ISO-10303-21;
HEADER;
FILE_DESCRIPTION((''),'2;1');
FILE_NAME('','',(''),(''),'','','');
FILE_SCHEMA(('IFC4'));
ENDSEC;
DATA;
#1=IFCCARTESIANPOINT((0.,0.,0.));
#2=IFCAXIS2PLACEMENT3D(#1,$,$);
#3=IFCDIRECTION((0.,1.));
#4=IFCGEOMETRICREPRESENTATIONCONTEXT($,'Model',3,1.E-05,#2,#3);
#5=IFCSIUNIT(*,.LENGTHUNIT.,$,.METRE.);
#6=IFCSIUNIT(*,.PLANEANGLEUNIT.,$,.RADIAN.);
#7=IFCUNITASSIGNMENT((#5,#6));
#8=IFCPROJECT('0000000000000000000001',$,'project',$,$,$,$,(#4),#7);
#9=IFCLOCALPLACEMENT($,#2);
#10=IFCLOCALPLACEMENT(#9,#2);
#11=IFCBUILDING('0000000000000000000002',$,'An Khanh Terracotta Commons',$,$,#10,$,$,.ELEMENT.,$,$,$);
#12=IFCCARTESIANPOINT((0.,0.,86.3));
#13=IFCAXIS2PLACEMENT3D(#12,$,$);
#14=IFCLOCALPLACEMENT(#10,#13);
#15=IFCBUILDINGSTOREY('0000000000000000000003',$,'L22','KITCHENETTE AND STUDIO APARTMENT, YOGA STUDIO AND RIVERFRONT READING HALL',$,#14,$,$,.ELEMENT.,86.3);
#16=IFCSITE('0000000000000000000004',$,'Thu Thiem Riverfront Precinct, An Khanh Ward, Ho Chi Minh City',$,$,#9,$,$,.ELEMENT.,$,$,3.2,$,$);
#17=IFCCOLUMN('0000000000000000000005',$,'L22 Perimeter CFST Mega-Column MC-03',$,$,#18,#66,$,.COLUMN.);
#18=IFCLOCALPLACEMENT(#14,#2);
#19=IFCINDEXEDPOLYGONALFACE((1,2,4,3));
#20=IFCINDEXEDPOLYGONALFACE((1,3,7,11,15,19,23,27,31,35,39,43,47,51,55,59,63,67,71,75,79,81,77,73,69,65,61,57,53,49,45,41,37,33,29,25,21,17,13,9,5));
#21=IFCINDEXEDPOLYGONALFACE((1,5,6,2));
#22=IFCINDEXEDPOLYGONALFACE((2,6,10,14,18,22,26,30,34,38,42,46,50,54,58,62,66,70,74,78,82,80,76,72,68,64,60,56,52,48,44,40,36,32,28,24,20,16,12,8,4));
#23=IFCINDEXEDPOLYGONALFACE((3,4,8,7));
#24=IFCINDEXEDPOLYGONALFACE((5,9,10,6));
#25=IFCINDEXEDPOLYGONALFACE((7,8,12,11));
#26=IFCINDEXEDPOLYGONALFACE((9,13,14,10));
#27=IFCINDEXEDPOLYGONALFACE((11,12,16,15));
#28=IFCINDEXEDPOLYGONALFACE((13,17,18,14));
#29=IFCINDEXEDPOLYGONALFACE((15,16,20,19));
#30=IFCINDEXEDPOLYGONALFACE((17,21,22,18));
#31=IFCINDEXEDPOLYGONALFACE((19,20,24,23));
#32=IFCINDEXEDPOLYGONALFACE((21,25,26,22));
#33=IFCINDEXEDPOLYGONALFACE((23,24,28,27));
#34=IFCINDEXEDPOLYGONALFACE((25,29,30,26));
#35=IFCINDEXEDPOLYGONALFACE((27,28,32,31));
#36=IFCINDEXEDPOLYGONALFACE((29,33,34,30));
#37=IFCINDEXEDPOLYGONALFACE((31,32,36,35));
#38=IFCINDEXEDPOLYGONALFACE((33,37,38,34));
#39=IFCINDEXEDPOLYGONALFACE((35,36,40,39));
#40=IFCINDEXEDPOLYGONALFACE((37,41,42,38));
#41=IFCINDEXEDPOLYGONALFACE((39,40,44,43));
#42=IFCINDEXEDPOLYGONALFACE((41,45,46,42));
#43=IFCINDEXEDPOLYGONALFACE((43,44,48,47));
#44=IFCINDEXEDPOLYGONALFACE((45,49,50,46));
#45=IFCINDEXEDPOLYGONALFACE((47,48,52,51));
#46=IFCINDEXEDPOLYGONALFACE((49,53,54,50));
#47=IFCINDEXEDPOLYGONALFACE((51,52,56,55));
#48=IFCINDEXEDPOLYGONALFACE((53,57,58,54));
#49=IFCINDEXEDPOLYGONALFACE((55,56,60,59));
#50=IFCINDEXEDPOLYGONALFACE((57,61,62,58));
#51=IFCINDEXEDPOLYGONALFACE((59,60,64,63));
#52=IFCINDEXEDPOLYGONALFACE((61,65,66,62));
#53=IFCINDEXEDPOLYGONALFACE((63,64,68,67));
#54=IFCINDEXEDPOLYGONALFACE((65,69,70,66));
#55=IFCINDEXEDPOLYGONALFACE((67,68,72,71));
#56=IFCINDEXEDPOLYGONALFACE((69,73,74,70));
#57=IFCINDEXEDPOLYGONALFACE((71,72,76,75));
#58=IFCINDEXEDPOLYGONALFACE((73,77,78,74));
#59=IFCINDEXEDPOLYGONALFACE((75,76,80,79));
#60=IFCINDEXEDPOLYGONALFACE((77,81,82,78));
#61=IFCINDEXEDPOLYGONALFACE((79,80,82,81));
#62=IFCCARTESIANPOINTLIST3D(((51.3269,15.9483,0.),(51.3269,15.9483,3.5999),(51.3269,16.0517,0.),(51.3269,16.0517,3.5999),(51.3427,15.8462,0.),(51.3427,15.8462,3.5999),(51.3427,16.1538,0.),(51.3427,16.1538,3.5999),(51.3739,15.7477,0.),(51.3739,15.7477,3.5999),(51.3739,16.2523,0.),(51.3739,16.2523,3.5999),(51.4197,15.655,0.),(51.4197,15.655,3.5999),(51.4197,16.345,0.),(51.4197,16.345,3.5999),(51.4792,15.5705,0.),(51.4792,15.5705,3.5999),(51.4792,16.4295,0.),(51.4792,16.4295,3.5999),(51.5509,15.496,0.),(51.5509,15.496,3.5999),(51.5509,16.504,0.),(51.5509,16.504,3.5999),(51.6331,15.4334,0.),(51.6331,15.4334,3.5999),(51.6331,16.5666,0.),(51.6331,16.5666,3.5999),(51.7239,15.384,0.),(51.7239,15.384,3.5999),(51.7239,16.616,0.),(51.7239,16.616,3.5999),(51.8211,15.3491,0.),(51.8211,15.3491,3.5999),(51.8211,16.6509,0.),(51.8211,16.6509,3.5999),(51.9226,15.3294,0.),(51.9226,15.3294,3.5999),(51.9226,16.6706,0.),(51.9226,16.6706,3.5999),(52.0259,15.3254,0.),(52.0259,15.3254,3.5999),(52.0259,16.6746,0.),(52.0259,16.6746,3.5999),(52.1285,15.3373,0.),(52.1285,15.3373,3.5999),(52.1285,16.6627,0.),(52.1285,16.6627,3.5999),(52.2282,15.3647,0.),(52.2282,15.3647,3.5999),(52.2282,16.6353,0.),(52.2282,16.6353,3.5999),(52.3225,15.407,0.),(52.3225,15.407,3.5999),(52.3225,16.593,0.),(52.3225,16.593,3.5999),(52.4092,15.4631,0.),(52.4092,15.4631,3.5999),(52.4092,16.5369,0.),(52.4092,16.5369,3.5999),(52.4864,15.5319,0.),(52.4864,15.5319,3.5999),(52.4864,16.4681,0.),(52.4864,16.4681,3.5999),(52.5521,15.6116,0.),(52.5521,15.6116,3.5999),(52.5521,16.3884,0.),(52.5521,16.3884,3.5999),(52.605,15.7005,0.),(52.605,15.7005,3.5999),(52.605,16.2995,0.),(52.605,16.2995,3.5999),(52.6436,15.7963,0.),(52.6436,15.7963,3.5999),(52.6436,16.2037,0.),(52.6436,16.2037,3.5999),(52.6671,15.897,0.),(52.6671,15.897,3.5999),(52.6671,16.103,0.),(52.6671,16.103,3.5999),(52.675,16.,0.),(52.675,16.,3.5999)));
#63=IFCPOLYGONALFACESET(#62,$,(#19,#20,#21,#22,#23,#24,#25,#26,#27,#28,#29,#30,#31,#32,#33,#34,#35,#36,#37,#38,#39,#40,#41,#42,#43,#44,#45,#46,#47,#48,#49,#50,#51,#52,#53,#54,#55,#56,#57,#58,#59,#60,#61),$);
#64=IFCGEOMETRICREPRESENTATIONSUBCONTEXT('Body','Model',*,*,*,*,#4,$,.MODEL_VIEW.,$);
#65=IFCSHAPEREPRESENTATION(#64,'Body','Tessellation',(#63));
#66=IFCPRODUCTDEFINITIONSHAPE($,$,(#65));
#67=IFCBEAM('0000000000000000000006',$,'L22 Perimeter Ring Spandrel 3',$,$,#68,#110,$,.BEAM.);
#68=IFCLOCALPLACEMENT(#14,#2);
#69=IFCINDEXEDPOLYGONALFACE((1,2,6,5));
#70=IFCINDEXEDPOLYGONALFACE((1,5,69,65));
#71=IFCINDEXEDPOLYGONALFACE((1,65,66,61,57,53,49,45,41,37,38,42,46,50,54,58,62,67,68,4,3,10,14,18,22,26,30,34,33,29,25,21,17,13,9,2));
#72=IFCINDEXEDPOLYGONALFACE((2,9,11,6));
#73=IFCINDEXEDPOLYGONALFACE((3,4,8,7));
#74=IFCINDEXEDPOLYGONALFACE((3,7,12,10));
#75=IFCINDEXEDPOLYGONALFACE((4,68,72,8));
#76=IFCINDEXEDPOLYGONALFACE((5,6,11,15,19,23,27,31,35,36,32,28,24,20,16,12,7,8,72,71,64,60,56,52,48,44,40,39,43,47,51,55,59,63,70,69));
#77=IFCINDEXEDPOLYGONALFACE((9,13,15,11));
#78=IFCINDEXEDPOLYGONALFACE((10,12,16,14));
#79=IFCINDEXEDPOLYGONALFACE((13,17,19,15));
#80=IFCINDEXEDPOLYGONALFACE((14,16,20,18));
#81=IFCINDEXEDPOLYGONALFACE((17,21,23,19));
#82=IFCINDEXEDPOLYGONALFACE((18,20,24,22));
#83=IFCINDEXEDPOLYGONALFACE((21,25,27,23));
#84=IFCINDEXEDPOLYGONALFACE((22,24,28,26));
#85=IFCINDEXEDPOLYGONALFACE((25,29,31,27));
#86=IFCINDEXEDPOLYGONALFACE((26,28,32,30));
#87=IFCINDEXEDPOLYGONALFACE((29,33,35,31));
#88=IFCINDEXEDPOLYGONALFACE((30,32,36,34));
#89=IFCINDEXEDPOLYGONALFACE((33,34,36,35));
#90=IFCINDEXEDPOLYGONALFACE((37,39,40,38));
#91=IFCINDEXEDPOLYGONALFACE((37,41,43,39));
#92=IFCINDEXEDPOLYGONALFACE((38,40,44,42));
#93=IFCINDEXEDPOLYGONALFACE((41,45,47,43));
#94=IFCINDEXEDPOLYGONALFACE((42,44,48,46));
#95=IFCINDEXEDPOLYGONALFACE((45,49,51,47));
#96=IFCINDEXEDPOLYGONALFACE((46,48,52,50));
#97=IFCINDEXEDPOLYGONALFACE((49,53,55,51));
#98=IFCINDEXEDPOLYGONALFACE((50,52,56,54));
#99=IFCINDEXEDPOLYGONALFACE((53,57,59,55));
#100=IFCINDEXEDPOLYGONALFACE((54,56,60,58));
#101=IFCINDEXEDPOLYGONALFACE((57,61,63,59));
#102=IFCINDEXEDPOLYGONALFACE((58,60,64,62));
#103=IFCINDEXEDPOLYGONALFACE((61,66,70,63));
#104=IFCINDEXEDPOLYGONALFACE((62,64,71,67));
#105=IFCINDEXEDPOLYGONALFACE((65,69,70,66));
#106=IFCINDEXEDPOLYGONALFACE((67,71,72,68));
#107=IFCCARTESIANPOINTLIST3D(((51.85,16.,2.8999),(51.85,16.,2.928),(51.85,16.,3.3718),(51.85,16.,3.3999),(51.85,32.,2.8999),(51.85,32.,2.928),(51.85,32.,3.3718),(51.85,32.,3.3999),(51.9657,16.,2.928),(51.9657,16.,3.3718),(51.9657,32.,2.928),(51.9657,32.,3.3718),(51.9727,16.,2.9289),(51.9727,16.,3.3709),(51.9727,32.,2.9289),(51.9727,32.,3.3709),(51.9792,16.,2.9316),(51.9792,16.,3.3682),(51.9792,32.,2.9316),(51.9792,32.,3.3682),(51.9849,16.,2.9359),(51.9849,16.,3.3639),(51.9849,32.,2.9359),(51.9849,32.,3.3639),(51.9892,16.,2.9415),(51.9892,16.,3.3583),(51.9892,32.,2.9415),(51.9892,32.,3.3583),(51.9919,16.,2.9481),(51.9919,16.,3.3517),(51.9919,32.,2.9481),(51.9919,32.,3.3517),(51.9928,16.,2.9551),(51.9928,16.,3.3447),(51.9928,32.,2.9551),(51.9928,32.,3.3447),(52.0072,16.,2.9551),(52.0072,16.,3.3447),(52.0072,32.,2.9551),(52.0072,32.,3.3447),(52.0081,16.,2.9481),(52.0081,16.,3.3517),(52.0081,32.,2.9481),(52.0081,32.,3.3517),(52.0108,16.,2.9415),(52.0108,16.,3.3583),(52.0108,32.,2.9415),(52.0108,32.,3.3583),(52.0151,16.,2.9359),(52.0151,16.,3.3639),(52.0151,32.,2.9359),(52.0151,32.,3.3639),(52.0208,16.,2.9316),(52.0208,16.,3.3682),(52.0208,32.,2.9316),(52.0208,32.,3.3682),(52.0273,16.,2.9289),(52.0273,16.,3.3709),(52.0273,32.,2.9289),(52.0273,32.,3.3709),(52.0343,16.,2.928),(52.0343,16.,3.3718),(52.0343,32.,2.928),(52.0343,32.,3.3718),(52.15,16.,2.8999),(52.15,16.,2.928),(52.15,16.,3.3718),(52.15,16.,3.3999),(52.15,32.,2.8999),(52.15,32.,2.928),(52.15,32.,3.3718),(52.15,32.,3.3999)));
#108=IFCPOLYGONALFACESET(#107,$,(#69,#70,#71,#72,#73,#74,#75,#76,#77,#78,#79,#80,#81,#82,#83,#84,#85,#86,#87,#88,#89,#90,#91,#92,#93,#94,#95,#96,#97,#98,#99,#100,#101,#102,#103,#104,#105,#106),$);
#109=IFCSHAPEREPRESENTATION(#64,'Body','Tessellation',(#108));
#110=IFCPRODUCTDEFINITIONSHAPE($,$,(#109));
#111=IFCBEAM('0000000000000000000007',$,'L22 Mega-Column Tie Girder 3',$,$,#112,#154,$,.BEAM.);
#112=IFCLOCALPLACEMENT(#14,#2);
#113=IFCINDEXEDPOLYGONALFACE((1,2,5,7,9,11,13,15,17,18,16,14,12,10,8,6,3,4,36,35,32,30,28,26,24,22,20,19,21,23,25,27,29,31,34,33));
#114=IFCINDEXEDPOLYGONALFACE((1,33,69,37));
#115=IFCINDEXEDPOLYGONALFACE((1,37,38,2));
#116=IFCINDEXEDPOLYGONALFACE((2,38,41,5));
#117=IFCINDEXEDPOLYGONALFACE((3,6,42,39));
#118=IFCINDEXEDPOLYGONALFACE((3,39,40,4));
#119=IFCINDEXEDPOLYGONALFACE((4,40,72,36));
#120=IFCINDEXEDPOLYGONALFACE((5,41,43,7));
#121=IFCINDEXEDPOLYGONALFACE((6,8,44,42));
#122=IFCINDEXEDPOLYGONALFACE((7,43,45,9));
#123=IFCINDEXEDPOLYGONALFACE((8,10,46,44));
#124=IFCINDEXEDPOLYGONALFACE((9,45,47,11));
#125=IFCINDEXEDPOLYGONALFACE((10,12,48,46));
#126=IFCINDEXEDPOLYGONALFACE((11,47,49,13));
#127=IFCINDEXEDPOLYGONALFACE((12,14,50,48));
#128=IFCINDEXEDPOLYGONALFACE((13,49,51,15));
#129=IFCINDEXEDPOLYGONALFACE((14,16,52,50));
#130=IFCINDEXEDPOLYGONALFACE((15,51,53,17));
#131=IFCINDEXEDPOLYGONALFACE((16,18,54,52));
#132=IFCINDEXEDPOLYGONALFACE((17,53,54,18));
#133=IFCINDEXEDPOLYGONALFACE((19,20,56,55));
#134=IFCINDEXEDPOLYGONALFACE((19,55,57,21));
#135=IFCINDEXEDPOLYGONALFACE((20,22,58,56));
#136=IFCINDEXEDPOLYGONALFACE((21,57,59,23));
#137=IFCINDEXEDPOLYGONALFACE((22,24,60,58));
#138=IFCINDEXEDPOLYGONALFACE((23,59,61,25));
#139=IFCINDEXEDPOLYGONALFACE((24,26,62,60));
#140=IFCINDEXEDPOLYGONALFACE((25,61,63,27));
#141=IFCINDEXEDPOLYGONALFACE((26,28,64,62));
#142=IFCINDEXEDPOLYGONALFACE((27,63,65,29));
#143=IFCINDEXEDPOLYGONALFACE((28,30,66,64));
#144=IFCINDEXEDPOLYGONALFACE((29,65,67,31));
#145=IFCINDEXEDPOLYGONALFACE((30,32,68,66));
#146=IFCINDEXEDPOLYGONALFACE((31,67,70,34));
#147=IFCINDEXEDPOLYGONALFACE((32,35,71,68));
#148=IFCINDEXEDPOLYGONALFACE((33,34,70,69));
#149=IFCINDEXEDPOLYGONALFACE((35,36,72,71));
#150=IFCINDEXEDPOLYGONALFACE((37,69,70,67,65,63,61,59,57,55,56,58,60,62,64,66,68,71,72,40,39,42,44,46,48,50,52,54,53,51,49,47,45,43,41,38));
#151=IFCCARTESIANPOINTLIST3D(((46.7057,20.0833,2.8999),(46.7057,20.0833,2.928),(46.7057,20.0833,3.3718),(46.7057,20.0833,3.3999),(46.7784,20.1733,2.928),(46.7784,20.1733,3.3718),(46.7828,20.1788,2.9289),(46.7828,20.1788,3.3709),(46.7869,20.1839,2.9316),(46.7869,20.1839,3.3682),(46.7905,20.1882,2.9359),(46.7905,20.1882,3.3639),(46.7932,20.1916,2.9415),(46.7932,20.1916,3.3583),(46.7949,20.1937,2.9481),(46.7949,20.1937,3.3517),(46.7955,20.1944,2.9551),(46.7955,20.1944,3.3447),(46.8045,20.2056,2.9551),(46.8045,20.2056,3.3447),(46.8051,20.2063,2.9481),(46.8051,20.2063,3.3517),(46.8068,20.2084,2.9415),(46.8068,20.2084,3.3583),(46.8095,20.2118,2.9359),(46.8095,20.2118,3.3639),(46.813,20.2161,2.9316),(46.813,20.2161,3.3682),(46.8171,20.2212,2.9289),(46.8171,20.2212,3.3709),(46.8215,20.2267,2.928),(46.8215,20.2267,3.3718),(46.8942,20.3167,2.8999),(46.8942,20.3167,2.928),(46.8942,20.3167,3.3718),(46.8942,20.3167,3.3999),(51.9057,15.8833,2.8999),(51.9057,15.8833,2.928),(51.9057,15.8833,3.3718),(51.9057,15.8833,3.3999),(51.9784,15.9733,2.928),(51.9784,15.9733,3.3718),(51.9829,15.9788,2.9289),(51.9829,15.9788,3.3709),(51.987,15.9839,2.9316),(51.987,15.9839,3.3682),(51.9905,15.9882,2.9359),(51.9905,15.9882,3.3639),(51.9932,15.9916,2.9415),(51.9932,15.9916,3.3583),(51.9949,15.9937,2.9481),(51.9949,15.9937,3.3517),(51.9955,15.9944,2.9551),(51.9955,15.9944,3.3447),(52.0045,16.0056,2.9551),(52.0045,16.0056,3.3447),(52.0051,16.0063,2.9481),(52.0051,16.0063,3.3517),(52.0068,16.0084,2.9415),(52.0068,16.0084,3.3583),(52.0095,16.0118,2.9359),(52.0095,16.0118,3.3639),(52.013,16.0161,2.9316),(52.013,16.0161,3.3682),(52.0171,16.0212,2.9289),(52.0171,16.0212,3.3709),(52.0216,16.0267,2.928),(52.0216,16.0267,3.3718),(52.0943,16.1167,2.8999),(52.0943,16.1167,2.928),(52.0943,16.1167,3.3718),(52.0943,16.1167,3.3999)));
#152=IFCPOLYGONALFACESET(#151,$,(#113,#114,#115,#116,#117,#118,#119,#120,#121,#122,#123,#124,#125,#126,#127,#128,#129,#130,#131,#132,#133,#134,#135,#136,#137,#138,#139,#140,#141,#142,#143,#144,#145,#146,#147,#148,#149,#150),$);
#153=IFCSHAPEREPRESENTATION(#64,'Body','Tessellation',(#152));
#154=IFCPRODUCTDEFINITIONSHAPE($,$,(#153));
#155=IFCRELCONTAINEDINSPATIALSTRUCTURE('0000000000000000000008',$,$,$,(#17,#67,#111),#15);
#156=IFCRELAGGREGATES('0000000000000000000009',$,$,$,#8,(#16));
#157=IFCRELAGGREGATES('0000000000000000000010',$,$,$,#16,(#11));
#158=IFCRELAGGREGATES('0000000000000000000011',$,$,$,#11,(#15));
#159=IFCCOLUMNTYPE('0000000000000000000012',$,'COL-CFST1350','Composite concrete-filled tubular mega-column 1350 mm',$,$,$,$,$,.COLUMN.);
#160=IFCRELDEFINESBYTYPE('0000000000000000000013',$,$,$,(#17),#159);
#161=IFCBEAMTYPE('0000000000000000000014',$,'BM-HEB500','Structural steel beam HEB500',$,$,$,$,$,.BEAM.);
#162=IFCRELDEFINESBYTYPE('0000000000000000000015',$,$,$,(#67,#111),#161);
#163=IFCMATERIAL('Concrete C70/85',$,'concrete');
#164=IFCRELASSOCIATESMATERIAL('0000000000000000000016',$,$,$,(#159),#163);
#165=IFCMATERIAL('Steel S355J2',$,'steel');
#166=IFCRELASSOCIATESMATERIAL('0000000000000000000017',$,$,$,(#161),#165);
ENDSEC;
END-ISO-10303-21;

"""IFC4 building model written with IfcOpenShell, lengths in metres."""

from ifc_helpers import new_model, si_unit, direction, frame, origin, origin_2d, place, context, subcontext, project, spatial, circle, i_section, extrude, material, material_profile, profile_set, type_object, element, save


model = new_model("IFC4")

# Units and contexts
model_context = context("Model", 3, precision=1e-05, world=origin(), true_north=direction((0.0, 1.0)))
body_context = subcontext(model_context, "Body", "Model", "MODEL_VIEW")
ifc_project = project(units=[si_unit("LENGTHUNIT", "METRE"), si_unit("PLANEANGLEUNIT", "RADIAN")], contexts=[model_context])

# Site, building, storey
site_placement = place(None, origin())
site = spatial("IfcSite", under=ifc_project, at=site_placement, Name="Thu Thiem Riverfront Precinct, An Khanh Ward, Ho Chi Minh City", CompositionType="ELEMENT", RefElevation=3.2)
building_placement = place(site_placement, origin())
building = spatial("IfcBuilding", under=site, at=building_placement, Name="An Khanh Terracotta Commons", CompositionType="ELEMENT")
storey_placement = place(building_placement, frame((0.0, 0.0, 86.3)))
storey = spatial("IfcBuildingStorey", under=building, at=storey_placement, Name="L22", Description="KITCHENETTE AND STUDIO APARTMENT, YOGA STUDIO AND RIVERFRONT READING HALL", CompositionType="ELEMENT", Elevation=86.3)

# Column
ifc_material_1 = material(Name="Concrete C70/85", Category="concrete")
ifc_material_profile_1 = material_profile(ifc_material_1, circle(Radius=0.675, at=origin_2d()), Name="CFST1350")
ifc_profile_set_1 = profile_set([ifc_material_profile_1], Name="Concrete C70/85")
column_type = type_object("IfcColumnType", Name="COL-CFST1350", Description="Composite concrete-filled tubular mega-column 1350 mm", PredefinedType="COLUMN", material=ifc_profile_set_1)
column_placement = place(storey_placement, frame((52.0, 16.0, 0.0), z_axis=(0.0, 0.0, 1.0), x_axis=(1.0, 0.0, 0.0)))
element("IfcColumn", 1, at=column_placement, inside=storey, type_object=column_type, Name="L22 Perimeter CFST Mega-Column MC-03", PredefinedType="COLUMN", context=body_context, shape_type="SweptSolid", body=[
    extrude(circle(Radius=0.675, at=origin_2d()), origin(), (0.0, 0.0, 1.0), 3.5999),
])

# Beams
ifc_material_2 = material(Name="Steel S355J2", Category="steel")
ifc_material_profile_2 = material_profile(ifc_material_2, i_section(OverallWidth=0.3, OverallDepth=0.5, WebThickness=0.0144, FlangeThickness=0.0281, FilletRadius=0.0271, at=origin_2d()), Name="HEB500")
ifc_profile_set_2 = profile_set([ifc_material_profile_2], Name="Steel S355J2")
beam_type = type_object("IfcBeamType", Name="BM-HEB500", Description="Structural steel beam HEB500", PredefinedType="BEAM", material=ifc_profile_set_2)
beam_1_placement = place(storey_placement, frame((52.0, 16.0, 3.1499), z_axis=(0.0, 1.0, 0.0), x_axis=(-1.0, 0.0, 0.0)))
element("IfcBeam", 2, at=beam_1_placement, inside=storey, type_object=beam_type, Name="L22 Perimeter Ring Spandrel 3", PredefinedType="BEAM", context=body_context, shape_type="SweptSolid", body=[
    extrude(i_section(OverallWidth=0.3, OverallDepth=0.5, WebThickness=0.0144, FlangeThickness=0.0281, FilletRadius=0.0271, at=origin_2d()), origin(), (0.0, 0.0, 1.0), 16.0),
])
beam_2_placement = place(storey_placement, frame((52.0, 16.0, 3.1499), z_axis=(-0.777942, 0.628336, 0.0), x_axis=(-0.628336, -0.777942, 0.0)))
element("IfcBeam", 3, at=beam_2_placement, inside=storey, type_object=beam_type, Name="L22 Mega-Column Tie Girder 3", PredefinedType="BEAM", context=body_context, shape_type="SweptSolid", body=[
    extrude(i_section(OverallWidth=0.3, OverallDepth=0.5, WebThickness=0.0144, FlangeThickness=0.0281, FilletRadius=0.0271, at=origin_2d()), origin(), (0.0, 0.0, 1.0), 6.6843),
])

save(model, "model.ifc")
